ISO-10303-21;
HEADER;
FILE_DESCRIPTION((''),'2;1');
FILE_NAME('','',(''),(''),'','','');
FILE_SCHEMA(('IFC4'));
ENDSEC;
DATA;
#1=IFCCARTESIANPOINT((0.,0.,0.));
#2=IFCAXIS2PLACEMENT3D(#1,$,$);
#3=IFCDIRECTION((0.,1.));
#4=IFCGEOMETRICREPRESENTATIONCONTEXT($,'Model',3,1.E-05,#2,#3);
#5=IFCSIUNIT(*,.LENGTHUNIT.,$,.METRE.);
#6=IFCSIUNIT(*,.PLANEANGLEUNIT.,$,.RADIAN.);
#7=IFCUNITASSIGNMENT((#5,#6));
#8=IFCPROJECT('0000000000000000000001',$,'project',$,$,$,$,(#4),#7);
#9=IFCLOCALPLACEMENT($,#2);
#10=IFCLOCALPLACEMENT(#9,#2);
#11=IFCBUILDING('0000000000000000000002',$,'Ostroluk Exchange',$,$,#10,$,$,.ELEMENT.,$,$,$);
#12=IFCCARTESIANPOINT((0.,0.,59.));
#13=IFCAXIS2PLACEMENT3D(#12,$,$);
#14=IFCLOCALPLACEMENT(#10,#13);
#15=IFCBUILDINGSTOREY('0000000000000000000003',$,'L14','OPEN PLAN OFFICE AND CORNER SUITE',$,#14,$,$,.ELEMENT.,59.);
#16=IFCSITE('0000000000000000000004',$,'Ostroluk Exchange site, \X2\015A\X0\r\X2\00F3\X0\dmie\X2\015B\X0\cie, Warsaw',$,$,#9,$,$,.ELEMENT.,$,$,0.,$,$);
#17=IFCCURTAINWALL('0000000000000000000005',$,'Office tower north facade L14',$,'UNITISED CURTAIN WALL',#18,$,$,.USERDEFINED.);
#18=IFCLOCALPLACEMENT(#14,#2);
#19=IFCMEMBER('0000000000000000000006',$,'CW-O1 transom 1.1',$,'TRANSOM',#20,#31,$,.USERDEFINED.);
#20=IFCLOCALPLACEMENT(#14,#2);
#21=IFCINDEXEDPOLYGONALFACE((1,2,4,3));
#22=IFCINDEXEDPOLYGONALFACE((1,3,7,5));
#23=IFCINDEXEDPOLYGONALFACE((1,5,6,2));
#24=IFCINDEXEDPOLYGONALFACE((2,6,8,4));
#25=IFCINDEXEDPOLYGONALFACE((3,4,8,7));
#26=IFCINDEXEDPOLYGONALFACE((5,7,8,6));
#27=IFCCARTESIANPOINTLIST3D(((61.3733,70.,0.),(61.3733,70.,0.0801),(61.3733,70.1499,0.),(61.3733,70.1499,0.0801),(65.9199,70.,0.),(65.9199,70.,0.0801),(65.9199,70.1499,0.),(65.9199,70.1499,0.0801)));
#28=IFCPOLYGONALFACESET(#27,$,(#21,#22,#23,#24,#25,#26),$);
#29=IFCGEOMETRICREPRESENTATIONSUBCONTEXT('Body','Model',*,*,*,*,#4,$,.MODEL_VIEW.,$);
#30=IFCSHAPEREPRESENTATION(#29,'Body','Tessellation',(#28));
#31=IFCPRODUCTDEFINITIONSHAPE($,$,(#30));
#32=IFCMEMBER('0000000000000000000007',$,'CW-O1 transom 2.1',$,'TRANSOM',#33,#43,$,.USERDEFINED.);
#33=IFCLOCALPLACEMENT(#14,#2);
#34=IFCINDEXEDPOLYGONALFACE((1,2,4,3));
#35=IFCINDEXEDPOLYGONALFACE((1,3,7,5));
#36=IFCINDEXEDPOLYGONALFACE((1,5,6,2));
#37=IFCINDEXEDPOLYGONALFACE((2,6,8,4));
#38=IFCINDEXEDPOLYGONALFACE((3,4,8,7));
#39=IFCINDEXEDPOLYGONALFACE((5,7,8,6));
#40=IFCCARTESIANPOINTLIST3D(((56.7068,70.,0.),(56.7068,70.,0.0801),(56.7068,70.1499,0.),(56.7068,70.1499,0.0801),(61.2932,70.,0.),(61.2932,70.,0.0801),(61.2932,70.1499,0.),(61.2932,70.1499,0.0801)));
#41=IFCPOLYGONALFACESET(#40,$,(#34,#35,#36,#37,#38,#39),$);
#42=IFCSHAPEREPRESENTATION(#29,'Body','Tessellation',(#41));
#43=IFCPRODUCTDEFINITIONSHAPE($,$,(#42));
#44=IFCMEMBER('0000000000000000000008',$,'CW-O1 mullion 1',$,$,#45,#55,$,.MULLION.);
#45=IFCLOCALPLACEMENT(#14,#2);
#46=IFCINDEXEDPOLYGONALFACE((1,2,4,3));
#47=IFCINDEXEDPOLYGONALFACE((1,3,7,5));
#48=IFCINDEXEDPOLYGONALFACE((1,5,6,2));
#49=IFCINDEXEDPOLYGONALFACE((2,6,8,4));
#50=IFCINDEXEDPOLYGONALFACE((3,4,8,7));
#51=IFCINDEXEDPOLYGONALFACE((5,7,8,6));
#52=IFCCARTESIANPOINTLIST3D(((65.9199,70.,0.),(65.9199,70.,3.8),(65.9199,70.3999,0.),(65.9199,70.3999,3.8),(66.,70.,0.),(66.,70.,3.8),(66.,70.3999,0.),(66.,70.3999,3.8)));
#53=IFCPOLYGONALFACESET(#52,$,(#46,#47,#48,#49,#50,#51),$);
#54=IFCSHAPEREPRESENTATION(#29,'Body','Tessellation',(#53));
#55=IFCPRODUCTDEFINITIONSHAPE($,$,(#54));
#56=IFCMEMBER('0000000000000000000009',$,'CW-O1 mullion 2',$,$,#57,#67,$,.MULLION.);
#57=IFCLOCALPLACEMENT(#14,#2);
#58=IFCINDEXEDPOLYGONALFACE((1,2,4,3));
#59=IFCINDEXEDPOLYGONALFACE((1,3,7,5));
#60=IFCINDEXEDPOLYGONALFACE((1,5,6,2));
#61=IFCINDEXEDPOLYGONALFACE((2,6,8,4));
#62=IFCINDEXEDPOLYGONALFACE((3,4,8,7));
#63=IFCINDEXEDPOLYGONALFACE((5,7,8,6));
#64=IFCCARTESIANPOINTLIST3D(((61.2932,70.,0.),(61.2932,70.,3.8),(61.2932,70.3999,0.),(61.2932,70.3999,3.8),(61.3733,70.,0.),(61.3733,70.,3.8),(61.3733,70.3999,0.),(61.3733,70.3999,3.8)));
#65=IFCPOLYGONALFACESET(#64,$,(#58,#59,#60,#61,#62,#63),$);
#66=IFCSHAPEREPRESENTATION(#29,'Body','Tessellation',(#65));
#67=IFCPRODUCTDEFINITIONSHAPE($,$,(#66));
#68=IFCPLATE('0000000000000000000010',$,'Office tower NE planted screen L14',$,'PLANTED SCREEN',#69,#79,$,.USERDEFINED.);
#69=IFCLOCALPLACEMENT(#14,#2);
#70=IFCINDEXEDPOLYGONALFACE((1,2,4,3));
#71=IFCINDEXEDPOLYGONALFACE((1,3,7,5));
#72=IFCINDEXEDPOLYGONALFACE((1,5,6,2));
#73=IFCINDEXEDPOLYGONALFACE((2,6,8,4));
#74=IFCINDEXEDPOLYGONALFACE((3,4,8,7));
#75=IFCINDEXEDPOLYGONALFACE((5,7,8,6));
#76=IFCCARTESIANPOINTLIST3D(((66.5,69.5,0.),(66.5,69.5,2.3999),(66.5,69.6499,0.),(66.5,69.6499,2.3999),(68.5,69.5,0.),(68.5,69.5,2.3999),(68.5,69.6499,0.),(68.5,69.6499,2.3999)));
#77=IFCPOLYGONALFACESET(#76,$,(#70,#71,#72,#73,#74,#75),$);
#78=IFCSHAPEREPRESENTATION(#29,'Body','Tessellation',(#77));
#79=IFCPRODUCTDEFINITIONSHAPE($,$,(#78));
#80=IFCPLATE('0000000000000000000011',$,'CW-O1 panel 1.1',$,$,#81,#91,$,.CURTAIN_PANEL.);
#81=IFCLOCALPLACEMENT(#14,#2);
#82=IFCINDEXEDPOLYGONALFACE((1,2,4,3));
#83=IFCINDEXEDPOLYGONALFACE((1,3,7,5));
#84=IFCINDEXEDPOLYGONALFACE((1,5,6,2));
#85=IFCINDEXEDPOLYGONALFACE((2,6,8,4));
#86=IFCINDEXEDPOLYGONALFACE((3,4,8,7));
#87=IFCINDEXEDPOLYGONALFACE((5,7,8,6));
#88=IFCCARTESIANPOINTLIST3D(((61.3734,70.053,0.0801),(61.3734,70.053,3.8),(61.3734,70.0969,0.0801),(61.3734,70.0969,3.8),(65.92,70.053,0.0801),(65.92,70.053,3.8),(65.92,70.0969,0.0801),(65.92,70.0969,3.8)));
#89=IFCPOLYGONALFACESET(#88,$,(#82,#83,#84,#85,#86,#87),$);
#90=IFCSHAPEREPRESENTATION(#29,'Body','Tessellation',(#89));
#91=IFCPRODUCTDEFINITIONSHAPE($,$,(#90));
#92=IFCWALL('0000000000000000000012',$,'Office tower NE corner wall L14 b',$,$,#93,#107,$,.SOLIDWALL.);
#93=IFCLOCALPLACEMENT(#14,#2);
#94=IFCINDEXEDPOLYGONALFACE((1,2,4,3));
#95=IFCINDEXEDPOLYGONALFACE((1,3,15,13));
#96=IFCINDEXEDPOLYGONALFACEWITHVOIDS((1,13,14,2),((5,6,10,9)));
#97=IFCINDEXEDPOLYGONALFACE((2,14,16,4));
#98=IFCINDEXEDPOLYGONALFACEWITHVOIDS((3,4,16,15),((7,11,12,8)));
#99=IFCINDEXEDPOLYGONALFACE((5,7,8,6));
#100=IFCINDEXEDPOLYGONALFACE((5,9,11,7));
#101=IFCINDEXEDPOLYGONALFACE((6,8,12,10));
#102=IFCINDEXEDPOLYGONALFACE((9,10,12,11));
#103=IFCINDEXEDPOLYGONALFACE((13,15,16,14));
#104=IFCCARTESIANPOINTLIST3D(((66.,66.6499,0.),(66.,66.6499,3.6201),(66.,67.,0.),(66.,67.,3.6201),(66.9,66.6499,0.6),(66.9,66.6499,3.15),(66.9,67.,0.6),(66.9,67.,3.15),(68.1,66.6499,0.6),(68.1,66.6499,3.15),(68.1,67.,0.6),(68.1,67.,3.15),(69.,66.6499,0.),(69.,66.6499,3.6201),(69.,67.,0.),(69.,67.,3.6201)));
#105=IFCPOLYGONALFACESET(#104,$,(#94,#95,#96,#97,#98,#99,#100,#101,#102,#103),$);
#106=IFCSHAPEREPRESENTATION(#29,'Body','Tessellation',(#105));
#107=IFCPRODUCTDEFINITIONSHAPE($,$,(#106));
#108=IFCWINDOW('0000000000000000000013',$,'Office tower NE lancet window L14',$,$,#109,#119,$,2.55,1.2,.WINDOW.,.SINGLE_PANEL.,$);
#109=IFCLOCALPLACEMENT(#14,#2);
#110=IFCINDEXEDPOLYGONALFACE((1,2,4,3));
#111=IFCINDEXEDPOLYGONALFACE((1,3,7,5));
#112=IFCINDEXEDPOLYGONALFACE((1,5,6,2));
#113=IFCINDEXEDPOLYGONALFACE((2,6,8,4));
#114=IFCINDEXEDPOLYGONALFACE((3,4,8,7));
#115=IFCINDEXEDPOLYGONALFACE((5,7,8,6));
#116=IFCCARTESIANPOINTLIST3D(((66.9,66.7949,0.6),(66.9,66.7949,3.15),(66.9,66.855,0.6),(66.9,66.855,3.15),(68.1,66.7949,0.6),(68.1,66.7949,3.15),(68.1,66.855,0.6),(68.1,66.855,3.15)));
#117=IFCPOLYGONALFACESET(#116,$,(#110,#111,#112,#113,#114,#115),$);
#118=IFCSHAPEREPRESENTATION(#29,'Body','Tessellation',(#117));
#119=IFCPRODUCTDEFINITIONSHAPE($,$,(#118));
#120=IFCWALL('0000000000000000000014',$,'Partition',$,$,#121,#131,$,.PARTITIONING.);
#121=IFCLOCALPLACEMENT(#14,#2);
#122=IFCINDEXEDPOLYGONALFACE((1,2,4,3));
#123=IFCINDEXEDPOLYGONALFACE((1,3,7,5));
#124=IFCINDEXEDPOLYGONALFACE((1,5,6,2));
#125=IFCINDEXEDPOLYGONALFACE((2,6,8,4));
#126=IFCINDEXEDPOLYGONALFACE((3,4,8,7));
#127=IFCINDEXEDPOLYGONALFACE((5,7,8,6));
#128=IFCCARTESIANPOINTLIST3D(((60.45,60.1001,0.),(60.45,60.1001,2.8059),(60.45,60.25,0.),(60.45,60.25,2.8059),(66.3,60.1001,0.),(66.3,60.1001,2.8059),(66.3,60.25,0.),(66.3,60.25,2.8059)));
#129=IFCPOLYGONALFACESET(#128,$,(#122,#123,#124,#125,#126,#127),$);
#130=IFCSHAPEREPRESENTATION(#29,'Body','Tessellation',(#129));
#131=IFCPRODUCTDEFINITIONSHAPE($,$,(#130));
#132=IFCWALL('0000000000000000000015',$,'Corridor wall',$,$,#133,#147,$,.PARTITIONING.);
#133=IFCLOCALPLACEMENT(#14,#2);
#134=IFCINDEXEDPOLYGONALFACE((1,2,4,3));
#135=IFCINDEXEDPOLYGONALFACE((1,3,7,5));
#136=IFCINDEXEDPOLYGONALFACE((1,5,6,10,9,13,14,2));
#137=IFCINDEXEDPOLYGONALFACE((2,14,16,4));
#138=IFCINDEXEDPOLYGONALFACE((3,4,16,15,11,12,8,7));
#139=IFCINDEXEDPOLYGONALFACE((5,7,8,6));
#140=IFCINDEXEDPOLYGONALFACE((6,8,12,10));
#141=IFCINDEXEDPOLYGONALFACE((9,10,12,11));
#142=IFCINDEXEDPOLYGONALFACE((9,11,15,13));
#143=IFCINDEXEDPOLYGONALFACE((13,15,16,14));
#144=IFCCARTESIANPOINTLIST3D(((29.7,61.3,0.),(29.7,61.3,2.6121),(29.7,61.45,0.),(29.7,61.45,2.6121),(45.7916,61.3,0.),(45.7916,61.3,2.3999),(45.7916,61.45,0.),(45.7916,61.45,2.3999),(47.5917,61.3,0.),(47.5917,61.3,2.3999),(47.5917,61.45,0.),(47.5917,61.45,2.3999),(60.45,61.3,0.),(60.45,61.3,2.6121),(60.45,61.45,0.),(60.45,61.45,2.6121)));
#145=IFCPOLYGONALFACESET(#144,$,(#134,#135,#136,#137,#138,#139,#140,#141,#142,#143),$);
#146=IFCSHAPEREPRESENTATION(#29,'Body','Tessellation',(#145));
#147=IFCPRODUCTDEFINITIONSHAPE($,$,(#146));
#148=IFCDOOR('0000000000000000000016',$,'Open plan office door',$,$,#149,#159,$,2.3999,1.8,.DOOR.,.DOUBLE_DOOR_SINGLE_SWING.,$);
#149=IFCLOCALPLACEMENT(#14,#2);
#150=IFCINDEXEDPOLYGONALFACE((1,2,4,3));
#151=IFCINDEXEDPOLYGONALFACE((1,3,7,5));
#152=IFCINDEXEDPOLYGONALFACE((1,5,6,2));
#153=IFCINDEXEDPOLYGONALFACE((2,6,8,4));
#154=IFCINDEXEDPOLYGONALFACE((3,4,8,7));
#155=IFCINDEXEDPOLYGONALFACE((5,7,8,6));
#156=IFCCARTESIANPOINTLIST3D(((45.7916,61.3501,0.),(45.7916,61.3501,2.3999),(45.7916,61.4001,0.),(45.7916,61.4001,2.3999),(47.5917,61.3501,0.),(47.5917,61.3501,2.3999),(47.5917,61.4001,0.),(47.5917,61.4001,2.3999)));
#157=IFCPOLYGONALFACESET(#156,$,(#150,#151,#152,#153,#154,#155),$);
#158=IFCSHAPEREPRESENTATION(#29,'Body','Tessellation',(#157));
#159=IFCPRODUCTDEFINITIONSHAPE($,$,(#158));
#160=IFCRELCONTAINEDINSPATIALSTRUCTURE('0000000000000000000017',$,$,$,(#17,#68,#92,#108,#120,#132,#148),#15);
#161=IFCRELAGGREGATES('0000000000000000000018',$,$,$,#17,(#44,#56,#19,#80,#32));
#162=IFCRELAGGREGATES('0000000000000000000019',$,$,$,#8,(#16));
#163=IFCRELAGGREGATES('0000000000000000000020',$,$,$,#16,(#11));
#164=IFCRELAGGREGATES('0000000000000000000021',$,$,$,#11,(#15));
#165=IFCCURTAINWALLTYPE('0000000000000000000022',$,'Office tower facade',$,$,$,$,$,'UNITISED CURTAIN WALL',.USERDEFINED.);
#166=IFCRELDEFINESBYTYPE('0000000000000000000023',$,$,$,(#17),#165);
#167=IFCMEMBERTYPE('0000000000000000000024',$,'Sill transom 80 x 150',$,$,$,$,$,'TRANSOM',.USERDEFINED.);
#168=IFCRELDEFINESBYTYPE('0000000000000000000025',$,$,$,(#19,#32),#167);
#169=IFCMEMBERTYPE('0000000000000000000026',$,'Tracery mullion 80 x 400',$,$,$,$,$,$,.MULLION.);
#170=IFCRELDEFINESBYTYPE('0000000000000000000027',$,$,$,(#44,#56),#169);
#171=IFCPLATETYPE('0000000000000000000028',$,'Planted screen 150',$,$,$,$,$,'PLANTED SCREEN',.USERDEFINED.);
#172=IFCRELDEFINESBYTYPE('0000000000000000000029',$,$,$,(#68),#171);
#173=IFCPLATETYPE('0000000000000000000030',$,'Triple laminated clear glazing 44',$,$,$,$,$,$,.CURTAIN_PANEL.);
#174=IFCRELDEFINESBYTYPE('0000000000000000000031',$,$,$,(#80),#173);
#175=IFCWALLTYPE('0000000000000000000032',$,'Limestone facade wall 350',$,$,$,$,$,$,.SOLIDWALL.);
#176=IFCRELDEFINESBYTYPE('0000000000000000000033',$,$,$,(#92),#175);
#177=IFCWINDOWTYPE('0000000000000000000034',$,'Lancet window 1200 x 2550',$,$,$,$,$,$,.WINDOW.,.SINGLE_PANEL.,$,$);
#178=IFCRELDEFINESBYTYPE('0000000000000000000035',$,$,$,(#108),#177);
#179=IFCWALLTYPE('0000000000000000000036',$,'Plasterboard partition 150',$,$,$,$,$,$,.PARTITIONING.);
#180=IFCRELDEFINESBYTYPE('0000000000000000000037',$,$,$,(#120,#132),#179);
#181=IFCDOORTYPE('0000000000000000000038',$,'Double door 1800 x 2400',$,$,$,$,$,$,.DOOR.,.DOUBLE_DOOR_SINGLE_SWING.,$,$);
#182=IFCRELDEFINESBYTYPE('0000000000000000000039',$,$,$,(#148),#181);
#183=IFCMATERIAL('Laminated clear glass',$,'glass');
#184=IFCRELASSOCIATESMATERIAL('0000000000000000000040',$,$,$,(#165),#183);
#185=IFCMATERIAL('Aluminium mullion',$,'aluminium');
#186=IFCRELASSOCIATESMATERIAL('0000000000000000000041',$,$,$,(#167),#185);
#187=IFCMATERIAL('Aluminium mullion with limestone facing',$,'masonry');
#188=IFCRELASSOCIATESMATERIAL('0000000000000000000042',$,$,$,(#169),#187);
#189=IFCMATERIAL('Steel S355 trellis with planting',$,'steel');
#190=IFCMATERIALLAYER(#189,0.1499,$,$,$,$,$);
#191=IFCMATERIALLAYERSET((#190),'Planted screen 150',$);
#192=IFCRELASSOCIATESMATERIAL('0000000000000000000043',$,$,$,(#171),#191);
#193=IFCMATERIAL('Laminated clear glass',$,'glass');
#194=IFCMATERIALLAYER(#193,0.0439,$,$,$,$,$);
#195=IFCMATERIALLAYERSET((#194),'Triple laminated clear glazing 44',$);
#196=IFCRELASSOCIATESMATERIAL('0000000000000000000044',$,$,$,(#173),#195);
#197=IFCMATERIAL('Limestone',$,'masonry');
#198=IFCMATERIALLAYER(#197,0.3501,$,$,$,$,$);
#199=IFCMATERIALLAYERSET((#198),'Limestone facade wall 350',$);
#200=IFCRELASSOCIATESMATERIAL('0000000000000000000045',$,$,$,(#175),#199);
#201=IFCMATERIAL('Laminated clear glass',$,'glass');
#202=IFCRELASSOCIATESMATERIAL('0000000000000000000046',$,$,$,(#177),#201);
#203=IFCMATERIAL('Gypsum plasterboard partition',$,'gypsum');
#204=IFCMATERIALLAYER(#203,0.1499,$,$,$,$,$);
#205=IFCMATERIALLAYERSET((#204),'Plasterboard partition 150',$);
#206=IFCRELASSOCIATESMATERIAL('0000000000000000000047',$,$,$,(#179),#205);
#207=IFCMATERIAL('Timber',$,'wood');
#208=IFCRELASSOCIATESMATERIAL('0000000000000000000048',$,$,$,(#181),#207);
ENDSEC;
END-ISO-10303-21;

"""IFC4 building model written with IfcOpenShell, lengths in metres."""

from ifc_helpers import new_model, si_unit, direction, frame, frame_2d, origin, origin_2d, place, context, subcontext, project, spatial, rectangle, extrude, material, layer, layer_set, material_profile, profile_set, type_object, element, fill, aggregate, save


model = new_model("IFC4")

# Units and contexts
model_context = context("Model", 3, precision=1e-05, world=origin(), true_north=direction((0.0, 1.0)))
body_context = subcontext(model_context, "Body", "Model", "MODEL_VIEW")
ifc_project = project(units=[si_unit("LENGTHUNIT", "METRE"), si_unit("PLANEANGLEUNIT", "RADIAN")], contexts=[model_context])

# Site, building, storey
site_placement = place(None, origin())
site = spatial("IfcSite", under=ifc_project, at=site_placement, Name="Ostroluk Exchange site, Śródmieście, Warsaw", CompositionType="ELEMENT", RefElevation=0.0)
building_placement = place(site_placement, origin())
building = spatial("IfcBuilding", under=site, at=building_placement, Name="Ostroluk Exchange", CompositionType="ELEMENT")
storey_placement = place(building_placement, frame((0.0, 0.0, 59.0)))
storey = spatial("IfcBuildingStorey", under=building, at=storey_placement, Name="L14", Description="OPEN PLAN OFFICE AND CORNER SUITE", CompositionType="ELEMENT", Elevation=59.0)

# Curtain wall, members
ifc_material_1 = material(Name="Laminated clear glass", Category="glass")
curtain_wall_type = type_object("IfcCurtainWallType", Name="Office tower facade", ElementType="UNITISED CURTAIN WALL", PredefinedType="USERDEFINED", material=ifc_material_1)
curtain_wall_placement = place(storey_placement, origin())
curtain_wall = element("IfcCurtainWall", 1, at=curtain_wall_placement, inside=storey, type_object=curtain_wall_type, Name="Office tower north facade L14", ObjectType="UNITISED CURTAIN WALL", PredefinedType="USERDEFINED")
ifc_material_2 = material(Name="Aluminium mullion", Category="aluminium")
ifc_material_profile_1 = material_profile(ifc_material_2, rectangle(XDim=0.1499, YDim=0.0801, at=origin_2d()), Name="Sill transom 80 x 150")
ifc_profile_set_1 = profile_set([ifc_material_profile_1], Name="Aluminium mullion")
member_type_1 = type_object("IfcMemberType", Name="Sill transom 80 x 150", ElementType="TRANSOM", PredefinedType="USERDEFINED", material=ifc_profile_set_1)
member_1_placement = place(storey_placement, frame((65.9199, 70.075, 0.04), z_axis=(-1.0, 0.0, 0.0), x_axis=(0.0, -1.0, 0.0)))
member_1 = element("IfcMember", 2, at=member_1_placement, type_object=member_type_1, Name="CW-O1 transom 1.1", ObjectType="TRANSOM", PredefinedType="USERDEFINED", context=body_context, shape_type="SweptSolid", body=[
    extrude(rectangle(XDim=0.1499, YDim=0.0801, at=origin_2d()), origin(), (0.0, 0.0, 1.0), 4.5466),
])
member_2_placement = place(storey_placement, frame((61.2932, 70.075, 0.04), z_axis=(-1.0, 0.0, 0.0), x_axis=(0.0, -1.0, 0.0)))
member_2 = element("IfcMember", 3, at=member_2_placement, type_object=member_type_1, Name="CW-O1 transom 2.1", ObjectType="TRANSOM", PredefinedType="USERDEFINED", context=body_context, shape_type="SweptSolid", body=[
    extrude(rectangle(XDim=0.1499, YDim=0.0801, at=origin_2d()), origin(), (0.0, 0.0, 1.0), 4.5864),
])
ifc_material_3 = material(Name="Aluminium mullion with limestone facing", Category="masonry")
ifc_material_profile_2 = material_profile(ifc_material_3, rectangle(XDim=0.3999, YDim=0.0801, at=origin_2d()), Name="Tracery mullion 80 x 400")
ifc_profile_set_2 = profile_set([ifc_material_profile_2], Name="Aluminium mullion with limestone facing")
member_type_2 = type_object("IfcMemberType", Name="Tracery mullion 80 x 400", PredefinedType="MULLION", material=ifc_profile_set_2)
member_3_placement = place(storey_placement, frame((65.96, 70.2, 0.0), z_axis=(0.0, 0.0, 1.0), x_axis=(0.0, -1.0, 0.0)))
member_3 = element("IfcMember", 4, at=member_3_placement, type_object=member_type_2, Name="CW-O1 mullion 1", PredefinedType="MULLION", context=body_context, shape_type="SweptSolid", body=[
    extrude(rectangle(XDim=0.3999, YDim=0.0801, at=origin_2d()), origin(), (0.0, 0.0, 1.0), 3.8),
])
member_4_placement = place(storey_placement, frame((61.3333, 70.2, 0.0), z_axis=(0.0, 0.0, 1.0), x_axis=(0.0, -1.0, 0.0)))
member_4 = element("IfcMember", 5, at=member_4_placement, type_object=member_type_2, Name="CW-O1 mullion 2", PredefinedType="MULLION", context=body_context, shape_type="SweptSolid", body=[
    extrude(rectangle(XDim=0.3999, YDim=0.0801, at=origin_2d()), origin(), (0.0, 0.0, 1.0), 3.8),
])

# Plates
ifc_material_4 = material(Name="Steel S355 trellis with planting", Category="steel")
ifc_layer_1 = layer(ifc_material_4, 0.1499)
ifc_layer_set_1 = layer_set([ifc_layer_1], Name="Planted screen 150")
plate_type_1 = type_object("IfcPlateType", Name="Planted screen 150", ElementType="PLANTED SCREEN", PredefinedType="USERDEFINED", material=ifc_layer_set_1)
plate_1_placement = place(storey_placement, frame((67.5, 69.575, 0.0), z_axis=(0.0, 0.0, 1.0), x_axis=(1.0, 0.0, 0.0)))
element("IfcPlate", 6, at=plate_1_placement, inside=storey, type_object=plate_type_1, Name="Office tower NE planted screen L14", ObjectType="PLANTED SCREEN", PredefinedType="USERDEFINED", context=body_context, shape_type="SweptSolid", body=[
    extrude(rectangle(XDim=2.0, YDim=0.1499, at=origin_2d()), origin(), (0.0, 0.0, 1.0), 2.3999),
])
ifc_material_5 = material(Name="Laminated clear glass", Category="glass")
ifc_layer_2 = layer(ifc_material_5, 0.0439)
ifc_layer_set_2 = layer_set([ifc_layer_2], Name="Triple laminated clear glazing 44")
plate_type_2 = type_object("IfcPlateType", Name="Triple laminated clear glazing 44", PredefinedType="CURTAIN_PANEL", material=ifc_layer_set_2)
plate_2_placement = place(storey_placement, frame((63.6467, 70.075, 0.0801), z_axis=(0.0, 0.0, 1.0), x_axis=(-1.0, 0.0, 0.0)))
plate_2 = element("IfcPlate", 7, at=plate_2_placement, type_object=plate_type_2, Name="CW-O1 panel 1.1", PredefinedType="CURTAIN_PANEL", context=body_context, shape_type="SweptSolid", body=[
    extrude(rectangle(XDim=4.5466, YDim=0.0439, at=origin_2d()), origin(), (0.0, 0.0, 1.0), 3.72),
])
aggregate(curtain_wall, [member_3, member_4, member_1, plate_2, member_2])

# Shared definitions
ifc_material_6 = material(Name="Limestone", Category="masonry")
ifc_layer_3 = layer(ifc_material_6, 0.3501)
ifc_layer_set_3 = layer_set([ifc_layer_3], Name="Limestone facade wall 350")
wall_type_1 = type_object("IfcWallType", Name="Limestone facade wall 350", PredefinedType="SOLIDWALL", material=ifc_layer_set_3)

# Wall, opening, window
wall_1_placement = place(storey_placement, frame((66.0, 66.825, 0.0), z_axis=(0.0, 0.0, 1.0), x_axis=(1.0, 0.0, 0.0)))
wall_1 = element("IfcWall", 8, at=wall_1_placement, inside=storey, type_object=wall_type_1, Name="Office tower NE corner wall L14 b", PredefinedType="SOLIDWALL", context=body_context, shape_type="SweptSolid", body=[
    extrude(rectangle(XDim=3.0, YDim=0.3501, at=frame_2d((1.5, 0.0))), origin(), (0.0, 0.0, 1.0), 3.6201),
])
opening_1_placement = place(wall_1_placement, frame((0.8999, 0.0, 0.6001)))
opening_1 = element("IfcOpeningElement", 9, at=opening_1_placement, cuts=wall_1, PredefinedType="OPENING", context=body_context, shape_type="SweptSolid", body=[
    extrude(rectangle(XDim=1.2, YDim=2.55, at=frame_2d((0.6001, 1.2749))), frame((0.0, 0.1851, 0.0), z_axis=(0.0, -1.0, 0.0), x_axis=(1.0, 0.0, 0.0)), (0.0, 0.0, 1.0), 0.3701),
])
ifc_material_7 = material(Name="Laminated clear glass", Category="glass")
window_type = type_object("IfcWindowType", Name="Lancet window 1200 x 2550", PartitioningType="SINGLE_PANEL", PredefinedType="WINDOW", material=ifc_material_7)
window_placement = place(opening_1_placement, origin())
window = element("IfcWindow", 10, at=window_placement, inside=storey, type_object=window_type, Name="Office tower NE lancet window L14", OverallHeight=2.55, OverallWidth=1.2, PartitioningType="SINGLE_PANEL", PredefinedType="WINDOW", context=body_context, shape_type="SweptSolid", body=[
    extrude(rectangle(XDim=1.2, YDim=2.55, at=frame_2d((0.6001, 1.2749))), frame((0.0, 0.03, 0.0), z_axis=(0.0, -1.0, 0.0), x_axis=(1.0, 0.0, 0.0)), (0.0, 0.0, 1.0), 0.0601),
])
fill(opening_1, window)

# Wall
ifc_material_8 = material(Name="Gypsum plasterboard partition", Category="gypsum")
ifc_layer_4 = layer(ifc_material_8, 0.1499)
ifc_layer_set_4 = layer_set([ifc_layer_4], Name="Plasterboard partition 150")
wall_type_2 = type_object("IfcWallType", Name="Plasterboard partition 150", PredefinedType="PARTITIONING", material=ifc_layer_set_4)
wall_2_placement = place(storey_placement, frame((60.45, 60.175, 0.0), z_axis=(0.0, 0.0, 1.0), x_axis=(1.0, 0.0, 0.0)))
element("IfcWall", 11, at=wall_2_placement, inside=storey, type_object=wall_type_2, Name="Partition", PredefinedType="PARTITIONING", context=body_context, shape_type="SweptSolid", body=[
    extrude(rectangle(XDim=5.8501, YDim=0.1499, at=frame_2d((2.925, 0.0))), origin(), (0.0, 0.0, 1.0), 2.8059),
])

# Wall, opening, door
wall_3_placement = place(storey_placement, frame((60.45, 61.375, 0.0), z_axis=(0.0, 0.0, 1.0), x_axis=(-1.0, 0.0, 0.0)))
wall_3 = element("IfcWall", 12, at=wall_3_placement, inside=storey, type_object=wall_type_2, Name="Corridor wall", PredefinedType="PARTITIONING", context=body_context, shape_type="SweptSolid", body=[
    extrude(rectangle(XDim=30.75, YDim=0.1499, at=frame_2d((15.375, 0.0))), origin(), (0.0, 0.0, 1.0), 2.6121),
])
opening_2_placement = place(wall_3_placement, frame((12.8584, 0.0, 0.0)))
opening_2 = element("IfcOpeningElement", 13, at=opening_2_placement, cuts=wall_3, PredefinedType="OPENING", context=body_context, shape_type="SweptSolid", body=[
    extrude(rectangle(XDim=1.8, YDim=2.3999, at=frame_2d((0.8999, 1.2))), frame((0.0, 0.085, 0.0), z_axis=(0.0, -1.0, 0.0), x_axis=(1.0, 0.0, 0.0)), (0.0, 0.0, 1.0), 0.1699),
])
ifc_material_9 = material(Name="Timber", Category="wood")
door_type_1 = type_object("IfcDoorType", Name="Double door 1800 x 2400", OperationType="DOUBLE_DOOR_SINGLE_SWING", PredefinedType="DOOR", material=ifc_material_9)
door_1_placement = place(opening_2_placement, origin())
door_1 = element("IfcDoor", 14, at=door_1_placement, inside=storey, type_object=door_type_1, Name="Open plan office door", OperationType="DOUBLE_DOOR_SINGLE_SWING", OverallHeight=2.3999, OverallWidth=1.8, PredefinedType="DOOR", context=body_context, shape_type="SweptSolid", body=[
    extrude(rectangle(XDim=1.8, YDim=2.3999, at=frame_2d((0.8999, 1.2))), frame((0.0, 0.0249, 0.0), z_axis=(0.0, -1.0, 0.0), x_axis=(1.0, 0.0, 0.0)), (0.0, 0.0, 1.0), 0.05),
])
fill(opening_2, door_1)

save(model, "model.ifc")
